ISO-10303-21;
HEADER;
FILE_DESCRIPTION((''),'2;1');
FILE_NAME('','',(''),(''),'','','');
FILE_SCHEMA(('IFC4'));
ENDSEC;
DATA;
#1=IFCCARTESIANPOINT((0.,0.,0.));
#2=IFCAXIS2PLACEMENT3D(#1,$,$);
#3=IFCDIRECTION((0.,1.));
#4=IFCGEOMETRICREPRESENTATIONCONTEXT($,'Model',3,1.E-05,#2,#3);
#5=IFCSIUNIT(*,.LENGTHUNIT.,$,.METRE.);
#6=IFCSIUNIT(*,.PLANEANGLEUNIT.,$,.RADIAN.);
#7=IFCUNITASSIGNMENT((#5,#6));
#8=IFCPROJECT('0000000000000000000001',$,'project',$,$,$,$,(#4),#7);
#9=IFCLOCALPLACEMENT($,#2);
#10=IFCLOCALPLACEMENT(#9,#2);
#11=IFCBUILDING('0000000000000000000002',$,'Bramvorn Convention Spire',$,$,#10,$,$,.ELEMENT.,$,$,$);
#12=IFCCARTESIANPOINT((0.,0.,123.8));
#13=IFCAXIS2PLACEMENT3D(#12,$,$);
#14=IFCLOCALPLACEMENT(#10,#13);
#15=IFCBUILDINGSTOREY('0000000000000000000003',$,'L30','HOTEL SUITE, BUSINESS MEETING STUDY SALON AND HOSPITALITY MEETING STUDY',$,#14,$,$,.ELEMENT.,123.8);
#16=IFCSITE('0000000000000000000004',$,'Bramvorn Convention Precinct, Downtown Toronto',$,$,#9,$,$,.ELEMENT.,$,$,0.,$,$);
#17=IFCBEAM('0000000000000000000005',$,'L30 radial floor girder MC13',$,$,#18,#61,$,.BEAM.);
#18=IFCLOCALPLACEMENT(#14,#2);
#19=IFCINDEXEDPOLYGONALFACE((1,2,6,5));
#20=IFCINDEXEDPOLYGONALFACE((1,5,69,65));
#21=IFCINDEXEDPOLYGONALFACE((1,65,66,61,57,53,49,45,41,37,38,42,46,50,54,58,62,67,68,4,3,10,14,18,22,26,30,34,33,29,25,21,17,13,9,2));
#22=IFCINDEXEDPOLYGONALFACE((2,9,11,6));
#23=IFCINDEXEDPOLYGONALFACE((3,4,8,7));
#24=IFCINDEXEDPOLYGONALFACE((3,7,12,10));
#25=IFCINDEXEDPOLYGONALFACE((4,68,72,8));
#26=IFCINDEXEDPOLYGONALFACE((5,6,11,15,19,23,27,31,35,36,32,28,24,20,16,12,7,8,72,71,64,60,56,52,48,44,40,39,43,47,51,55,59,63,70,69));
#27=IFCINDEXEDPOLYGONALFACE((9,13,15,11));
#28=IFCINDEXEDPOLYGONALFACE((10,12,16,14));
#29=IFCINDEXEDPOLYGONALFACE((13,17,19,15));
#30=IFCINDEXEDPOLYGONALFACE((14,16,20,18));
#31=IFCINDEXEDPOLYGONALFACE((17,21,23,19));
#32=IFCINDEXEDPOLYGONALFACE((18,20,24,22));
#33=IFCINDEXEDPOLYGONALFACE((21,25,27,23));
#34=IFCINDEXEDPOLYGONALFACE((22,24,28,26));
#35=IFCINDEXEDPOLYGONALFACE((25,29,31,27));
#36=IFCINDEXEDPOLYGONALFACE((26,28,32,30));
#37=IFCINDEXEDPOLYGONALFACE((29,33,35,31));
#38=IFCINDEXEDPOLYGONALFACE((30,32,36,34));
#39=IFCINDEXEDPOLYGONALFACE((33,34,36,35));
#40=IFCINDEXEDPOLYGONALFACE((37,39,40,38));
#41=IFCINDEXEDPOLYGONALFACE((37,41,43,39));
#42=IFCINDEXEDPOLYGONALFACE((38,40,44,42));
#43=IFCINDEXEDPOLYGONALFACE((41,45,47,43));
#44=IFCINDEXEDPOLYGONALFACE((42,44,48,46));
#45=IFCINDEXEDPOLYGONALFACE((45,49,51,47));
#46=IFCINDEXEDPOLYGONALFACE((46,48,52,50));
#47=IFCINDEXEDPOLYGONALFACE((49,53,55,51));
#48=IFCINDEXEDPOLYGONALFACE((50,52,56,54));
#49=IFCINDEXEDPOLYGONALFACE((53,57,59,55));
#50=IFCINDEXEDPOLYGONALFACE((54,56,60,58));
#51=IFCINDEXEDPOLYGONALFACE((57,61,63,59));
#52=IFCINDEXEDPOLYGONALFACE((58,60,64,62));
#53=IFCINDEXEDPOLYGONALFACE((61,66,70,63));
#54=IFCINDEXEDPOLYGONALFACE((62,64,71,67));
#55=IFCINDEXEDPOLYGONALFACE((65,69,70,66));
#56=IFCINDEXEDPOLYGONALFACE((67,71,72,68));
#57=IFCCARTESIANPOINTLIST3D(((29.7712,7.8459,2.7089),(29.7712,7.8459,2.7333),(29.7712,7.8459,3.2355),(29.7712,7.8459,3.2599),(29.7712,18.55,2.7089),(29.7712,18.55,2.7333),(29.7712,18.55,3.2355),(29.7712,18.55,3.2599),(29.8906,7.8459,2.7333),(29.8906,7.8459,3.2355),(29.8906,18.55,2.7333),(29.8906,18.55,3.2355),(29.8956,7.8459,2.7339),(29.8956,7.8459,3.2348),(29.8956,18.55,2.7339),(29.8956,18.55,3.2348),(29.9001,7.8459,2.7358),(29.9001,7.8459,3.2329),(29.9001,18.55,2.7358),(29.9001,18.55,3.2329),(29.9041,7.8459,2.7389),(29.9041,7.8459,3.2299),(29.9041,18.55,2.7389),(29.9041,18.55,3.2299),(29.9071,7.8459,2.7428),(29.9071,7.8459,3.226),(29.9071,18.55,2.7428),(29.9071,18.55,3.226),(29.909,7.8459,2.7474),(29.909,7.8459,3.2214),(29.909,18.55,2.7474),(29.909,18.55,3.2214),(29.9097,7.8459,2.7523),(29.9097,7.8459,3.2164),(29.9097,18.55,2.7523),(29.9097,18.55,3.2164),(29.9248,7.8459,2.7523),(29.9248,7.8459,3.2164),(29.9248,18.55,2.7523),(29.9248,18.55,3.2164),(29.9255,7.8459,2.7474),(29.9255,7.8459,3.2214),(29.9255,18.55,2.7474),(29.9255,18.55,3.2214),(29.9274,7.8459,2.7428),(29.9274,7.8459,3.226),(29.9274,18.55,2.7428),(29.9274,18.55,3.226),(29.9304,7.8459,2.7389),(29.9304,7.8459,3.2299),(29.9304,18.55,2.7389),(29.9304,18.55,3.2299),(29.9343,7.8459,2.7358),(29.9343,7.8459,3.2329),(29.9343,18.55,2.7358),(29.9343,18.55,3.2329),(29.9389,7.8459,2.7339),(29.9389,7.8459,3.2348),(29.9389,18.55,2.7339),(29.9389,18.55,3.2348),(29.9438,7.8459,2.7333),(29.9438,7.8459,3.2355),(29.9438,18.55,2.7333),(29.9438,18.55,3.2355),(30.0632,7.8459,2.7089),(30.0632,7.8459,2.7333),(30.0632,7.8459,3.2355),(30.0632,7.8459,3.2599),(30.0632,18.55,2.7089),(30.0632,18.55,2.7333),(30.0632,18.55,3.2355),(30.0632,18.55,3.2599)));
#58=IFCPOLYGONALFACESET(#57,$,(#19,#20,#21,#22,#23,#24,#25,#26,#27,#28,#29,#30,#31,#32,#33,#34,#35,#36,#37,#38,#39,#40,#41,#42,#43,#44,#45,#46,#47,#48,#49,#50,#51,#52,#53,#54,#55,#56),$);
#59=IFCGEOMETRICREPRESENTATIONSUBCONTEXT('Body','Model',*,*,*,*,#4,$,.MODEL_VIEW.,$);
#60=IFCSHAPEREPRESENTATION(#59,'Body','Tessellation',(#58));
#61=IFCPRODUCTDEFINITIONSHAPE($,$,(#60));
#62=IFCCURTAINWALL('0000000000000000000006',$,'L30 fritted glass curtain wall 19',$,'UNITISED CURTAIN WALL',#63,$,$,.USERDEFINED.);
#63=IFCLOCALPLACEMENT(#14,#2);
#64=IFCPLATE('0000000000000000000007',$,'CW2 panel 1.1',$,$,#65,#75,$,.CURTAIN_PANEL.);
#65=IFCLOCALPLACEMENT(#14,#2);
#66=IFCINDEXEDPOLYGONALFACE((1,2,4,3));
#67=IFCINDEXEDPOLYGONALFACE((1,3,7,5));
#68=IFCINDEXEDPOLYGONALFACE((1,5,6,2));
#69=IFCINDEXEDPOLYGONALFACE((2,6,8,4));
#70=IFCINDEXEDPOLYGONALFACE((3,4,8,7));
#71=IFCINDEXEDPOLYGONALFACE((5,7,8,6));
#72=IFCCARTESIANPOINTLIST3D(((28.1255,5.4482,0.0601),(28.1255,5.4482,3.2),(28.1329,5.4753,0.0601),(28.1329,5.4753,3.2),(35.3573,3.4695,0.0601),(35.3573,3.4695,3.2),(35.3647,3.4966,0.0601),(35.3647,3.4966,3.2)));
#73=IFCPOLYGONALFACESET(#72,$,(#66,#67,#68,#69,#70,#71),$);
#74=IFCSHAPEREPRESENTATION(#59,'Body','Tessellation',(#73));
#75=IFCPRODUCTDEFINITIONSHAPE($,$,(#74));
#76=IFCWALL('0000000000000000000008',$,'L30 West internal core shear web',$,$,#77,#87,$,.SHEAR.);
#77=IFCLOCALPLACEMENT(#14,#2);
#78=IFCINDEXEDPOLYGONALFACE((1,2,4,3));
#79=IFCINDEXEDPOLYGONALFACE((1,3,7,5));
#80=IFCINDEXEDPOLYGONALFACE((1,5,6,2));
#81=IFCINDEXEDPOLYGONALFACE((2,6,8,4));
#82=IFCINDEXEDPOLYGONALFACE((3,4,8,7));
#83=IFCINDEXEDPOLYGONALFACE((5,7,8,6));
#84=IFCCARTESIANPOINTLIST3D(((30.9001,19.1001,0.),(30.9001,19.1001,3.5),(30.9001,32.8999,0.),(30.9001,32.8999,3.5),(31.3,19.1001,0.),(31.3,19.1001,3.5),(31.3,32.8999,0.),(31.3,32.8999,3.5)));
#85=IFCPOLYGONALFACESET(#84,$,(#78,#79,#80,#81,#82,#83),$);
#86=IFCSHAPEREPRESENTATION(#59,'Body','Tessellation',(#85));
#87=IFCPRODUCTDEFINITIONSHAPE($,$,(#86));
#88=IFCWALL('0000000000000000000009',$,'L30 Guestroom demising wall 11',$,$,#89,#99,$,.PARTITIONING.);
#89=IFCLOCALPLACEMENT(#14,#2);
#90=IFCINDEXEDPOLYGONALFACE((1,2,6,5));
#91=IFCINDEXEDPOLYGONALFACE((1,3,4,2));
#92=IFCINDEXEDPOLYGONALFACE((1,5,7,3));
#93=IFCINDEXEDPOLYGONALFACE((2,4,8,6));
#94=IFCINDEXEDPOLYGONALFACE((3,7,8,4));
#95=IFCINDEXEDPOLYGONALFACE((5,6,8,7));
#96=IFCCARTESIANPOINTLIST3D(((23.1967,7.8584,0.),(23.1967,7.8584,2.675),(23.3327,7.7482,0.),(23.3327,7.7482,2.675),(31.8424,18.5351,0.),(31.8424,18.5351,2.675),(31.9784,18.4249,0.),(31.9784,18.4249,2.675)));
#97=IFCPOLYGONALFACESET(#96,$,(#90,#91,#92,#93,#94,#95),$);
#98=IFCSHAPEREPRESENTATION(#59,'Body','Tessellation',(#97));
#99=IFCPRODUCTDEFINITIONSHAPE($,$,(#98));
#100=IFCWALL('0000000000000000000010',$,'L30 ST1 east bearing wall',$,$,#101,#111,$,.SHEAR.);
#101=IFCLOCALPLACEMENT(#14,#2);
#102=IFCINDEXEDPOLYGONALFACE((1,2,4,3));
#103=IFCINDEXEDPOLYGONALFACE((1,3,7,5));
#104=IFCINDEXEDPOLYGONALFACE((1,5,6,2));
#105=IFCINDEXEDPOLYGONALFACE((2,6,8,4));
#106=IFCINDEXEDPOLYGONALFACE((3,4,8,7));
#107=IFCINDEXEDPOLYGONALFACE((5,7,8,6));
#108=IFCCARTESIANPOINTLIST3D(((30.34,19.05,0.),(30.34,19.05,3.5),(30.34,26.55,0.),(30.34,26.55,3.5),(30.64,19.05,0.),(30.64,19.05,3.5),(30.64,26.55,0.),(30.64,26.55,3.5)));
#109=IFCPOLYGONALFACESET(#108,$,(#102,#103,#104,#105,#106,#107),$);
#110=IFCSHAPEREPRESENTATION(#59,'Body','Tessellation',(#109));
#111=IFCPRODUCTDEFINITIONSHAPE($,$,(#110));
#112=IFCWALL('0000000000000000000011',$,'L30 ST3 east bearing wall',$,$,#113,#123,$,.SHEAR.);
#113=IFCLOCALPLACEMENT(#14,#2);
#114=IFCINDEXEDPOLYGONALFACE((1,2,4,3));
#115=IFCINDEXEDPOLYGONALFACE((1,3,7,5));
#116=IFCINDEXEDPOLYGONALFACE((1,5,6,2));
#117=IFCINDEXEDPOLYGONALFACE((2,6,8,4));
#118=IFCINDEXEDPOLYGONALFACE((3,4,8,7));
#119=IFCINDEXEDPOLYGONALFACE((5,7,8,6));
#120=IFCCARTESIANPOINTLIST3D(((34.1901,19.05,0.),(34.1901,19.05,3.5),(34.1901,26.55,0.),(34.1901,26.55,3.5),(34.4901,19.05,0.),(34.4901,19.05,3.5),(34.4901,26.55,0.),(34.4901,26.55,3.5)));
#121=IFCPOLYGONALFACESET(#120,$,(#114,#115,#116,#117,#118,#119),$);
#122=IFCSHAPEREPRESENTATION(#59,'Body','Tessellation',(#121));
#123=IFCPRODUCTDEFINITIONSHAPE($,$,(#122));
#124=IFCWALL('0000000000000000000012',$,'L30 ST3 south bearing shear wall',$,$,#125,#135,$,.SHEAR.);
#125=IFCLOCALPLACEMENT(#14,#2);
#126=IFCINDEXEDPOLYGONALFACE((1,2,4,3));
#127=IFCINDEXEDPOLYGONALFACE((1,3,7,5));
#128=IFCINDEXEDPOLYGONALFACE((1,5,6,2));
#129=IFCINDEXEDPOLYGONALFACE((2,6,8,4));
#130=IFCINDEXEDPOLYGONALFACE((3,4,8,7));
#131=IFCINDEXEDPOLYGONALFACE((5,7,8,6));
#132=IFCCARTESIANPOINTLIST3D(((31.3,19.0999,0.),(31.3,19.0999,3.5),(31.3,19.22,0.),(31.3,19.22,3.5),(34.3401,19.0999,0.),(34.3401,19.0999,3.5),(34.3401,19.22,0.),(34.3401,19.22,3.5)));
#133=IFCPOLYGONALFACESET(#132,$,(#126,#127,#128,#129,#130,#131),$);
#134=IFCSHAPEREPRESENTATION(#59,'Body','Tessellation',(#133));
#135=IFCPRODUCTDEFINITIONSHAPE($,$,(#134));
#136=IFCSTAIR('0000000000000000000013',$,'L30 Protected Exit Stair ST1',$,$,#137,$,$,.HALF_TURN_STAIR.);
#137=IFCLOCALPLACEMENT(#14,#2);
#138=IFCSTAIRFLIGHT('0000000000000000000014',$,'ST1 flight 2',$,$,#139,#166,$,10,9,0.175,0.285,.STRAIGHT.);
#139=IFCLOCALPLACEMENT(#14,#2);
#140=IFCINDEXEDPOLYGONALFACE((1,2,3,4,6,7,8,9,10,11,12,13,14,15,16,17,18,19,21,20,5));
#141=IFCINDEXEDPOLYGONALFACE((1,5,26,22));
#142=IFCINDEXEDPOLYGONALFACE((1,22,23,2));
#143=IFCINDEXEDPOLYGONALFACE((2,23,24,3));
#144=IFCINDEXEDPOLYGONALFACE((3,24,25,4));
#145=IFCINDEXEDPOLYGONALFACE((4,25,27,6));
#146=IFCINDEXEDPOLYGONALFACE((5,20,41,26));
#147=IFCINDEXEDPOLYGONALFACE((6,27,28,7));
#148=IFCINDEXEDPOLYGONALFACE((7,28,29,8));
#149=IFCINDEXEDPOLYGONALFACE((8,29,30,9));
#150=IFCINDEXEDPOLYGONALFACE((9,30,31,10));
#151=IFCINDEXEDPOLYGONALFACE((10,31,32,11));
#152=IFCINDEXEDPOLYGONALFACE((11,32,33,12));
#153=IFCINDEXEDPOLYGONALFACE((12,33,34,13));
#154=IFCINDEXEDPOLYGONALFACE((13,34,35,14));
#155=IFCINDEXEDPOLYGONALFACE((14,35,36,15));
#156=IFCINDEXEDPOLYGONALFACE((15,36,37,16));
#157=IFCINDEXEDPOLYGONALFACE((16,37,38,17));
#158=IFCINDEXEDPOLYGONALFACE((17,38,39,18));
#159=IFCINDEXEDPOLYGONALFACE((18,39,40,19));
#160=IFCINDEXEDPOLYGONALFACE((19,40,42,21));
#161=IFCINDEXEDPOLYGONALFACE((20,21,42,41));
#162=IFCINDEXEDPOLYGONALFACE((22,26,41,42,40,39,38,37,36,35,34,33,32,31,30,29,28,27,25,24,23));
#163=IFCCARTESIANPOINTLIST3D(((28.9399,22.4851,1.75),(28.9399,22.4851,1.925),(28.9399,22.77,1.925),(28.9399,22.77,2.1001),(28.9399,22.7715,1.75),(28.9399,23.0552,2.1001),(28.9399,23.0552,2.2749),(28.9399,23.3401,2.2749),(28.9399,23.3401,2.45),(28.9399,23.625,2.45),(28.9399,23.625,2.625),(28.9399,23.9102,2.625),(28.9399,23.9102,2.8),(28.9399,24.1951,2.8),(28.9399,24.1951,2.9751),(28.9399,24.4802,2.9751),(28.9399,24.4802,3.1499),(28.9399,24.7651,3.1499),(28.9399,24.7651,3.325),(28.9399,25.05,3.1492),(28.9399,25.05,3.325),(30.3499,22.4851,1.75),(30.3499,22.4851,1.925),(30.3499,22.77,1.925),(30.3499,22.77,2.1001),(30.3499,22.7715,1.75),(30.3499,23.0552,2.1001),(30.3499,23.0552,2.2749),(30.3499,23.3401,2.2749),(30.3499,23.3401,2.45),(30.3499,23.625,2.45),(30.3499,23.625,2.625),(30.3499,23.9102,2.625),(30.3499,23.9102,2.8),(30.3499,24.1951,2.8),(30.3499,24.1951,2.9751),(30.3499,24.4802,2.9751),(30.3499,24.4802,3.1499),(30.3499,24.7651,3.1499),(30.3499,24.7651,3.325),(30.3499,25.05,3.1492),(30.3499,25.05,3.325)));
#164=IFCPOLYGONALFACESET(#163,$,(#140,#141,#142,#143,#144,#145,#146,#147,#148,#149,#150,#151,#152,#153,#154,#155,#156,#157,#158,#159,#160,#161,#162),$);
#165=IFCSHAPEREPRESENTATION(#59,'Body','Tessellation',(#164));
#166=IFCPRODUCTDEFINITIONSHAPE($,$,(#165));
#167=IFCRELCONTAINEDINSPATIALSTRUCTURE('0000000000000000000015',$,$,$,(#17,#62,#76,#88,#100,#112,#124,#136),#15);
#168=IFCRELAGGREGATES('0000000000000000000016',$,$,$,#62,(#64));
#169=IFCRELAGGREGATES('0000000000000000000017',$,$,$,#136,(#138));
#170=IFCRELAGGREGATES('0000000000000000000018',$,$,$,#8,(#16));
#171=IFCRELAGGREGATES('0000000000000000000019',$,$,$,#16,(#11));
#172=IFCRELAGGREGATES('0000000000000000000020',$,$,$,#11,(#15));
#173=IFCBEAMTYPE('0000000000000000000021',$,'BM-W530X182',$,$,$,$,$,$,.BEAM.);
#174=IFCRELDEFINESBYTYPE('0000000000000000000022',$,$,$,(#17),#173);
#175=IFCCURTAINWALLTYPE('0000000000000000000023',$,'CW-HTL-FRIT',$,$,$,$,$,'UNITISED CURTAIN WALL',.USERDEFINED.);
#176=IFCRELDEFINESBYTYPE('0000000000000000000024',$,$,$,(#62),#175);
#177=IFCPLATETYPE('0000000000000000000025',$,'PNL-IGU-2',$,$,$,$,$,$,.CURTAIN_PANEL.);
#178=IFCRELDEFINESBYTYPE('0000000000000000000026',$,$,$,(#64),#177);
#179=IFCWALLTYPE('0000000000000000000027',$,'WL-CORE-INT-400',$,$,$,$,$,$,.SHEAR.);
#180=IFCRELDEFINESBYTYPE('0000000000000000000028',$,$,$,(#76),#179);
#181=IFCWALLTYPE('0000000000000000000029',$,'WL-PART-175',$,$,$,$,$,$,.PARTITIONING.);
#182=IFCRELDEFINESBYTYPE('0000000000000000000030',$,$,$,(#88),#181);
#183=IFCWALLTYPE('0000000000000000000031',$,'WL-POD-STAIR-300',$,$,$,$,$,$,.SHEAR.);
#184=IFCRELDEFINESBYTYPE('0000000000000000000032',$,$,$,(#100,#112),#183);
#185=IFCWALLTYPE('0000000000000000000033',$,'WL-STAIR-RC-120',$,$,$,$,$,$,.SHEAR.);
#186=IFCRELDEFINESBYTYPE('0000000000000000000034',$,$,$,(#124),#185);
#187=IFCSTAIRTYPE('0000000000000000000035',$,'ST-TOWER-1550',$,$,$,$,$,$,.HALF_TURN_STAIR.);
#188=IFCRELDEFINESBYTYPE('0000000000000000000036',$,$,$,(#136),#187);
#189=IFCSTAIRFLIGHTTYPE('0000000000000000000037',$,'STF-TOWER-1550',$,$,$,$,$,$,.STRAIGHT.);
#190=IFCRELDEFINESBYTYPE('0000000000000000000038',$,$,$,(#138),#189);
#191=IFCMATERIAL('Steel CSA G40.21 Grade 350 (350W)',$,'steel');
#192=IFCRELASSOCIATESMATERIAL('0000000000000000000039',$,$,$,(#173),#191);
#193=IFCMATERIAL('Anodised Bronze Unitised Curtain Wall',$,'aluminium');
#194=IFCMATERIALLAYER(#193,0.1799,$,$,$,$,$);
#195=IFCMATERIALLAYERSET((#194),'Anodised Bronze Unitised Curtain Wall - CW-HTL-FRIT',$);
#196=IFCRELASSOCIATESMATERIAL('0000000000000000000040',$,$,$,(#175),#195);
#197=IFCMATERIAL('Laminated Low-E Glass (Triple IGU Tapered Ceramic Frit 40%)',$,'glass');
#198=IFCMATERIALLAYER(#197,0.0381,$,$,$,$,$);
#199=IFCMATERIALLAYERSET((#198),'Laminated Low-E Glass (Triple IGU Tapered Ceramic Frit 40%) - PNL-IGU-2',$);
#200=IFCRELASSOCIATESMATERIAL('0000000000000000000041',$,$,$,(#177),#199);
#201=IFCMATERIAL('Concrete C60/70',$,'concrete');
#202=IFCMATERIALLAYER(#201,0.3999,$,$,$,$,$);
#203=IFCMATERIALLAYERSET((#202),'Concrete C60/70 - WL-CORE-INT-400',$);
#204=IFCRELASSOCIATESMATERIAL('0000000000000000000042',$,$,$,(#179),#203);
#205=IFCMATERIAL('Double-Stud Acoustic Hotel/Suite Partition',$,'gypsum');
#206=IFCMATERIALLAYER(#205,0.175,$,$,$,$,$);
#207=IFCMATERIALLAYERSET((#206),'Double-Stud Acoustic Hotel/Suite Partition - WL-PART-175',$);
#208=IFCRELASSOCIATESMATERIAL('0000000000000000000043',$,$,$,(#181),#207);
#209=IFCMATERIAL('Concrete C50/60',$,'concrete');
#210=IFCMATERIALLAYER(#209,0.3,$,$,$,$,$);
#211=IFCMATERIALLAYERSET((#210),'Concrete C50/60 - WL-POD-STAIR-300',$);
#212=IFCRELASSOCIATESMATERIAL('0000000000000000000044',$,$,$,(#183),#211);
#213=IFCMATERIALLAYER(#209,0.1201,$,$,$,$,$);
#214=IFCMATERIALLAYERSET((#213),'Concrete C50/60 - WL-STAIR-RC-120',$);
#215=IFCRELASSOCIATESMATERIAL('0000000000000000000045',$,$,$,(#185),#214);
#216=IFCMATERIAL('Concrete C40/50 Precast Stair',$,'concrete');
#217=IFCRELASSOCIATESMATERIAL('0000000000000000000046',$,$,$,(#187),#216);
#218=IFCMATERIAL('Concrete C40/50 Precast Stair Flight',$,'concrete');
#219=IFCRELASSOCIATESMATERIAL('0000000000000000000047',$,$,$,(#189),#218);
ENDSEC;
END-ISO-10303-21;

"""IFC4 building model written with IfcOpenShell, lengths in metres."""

from ifc_helpers import new_model, si_unit, direction, frame, frame_2d, origin, origin_2d, place, context, subcontext, project, spatial, polyline, rectangle, i_section, outline, extrude, material, layer, layer_set, material_profile, profile_set, type_object, element, aggregate, save


model = new_model("IFC4")

# Units and contexts
model_context = context("Model", 3, precision=1e-05, world=origin(), true_north=direction((0.0, 1.0)))
body_context = subcontext(model_context, "Body", "Model", "MODEL_VIEW")
ifc_project = project(units=[si_unit("LENGTHUNIT", "METRE"), si_unit("PLANEANGLEUNIT", "RADIAN")], contexts=[model_context])

# Site, building, storey
site_placement = place(None, origin())
site = spatial("IfcSite", under=ifc_project, at=site_placement, Name="Bramvorn Convention Precinct, Downtown Toronto", CompositionType="ELEMENT", RefElevation=0.0)
building_placement = place(site_placement, origin())
building = spatial("IfcBuilding", under=site, at=building_placement, Name="Bramvorn Convention Spire", CompositionType="ELEMENT")
storey_placement = place(building_placement, frame((0.0, 0.0, 123.8)))
storey = spatial("IfcBuildingStorey", under=building, at=storey_placement, Name="L30", Description="HOTEL SUITE, BUSINESS MEETING STUDY SALON AND HOSPITALITY MEETING STUDY", CompositionType="ELEMENT", Elevation=123.8)

# Shared definitions
ifc_material_1 = material(Name="Steel CSA G40.21 Grade 350 (350W)", Category="steel")

# Beam
ifc_material_profile_1 = material_profile(ifc_material_1, i_section(OverallWidth=0.292, OverallDepth=0.551, WebThickness=0.0151, FlangeThickness=0.0244, FilletRadius=0.019, at=origin_2d()))
ifc_profile_set_1 = profile_set([ifc_material_profile_1], Name="Steel CSA G40.21 Grade 350 (350W) - W530X182")
beam_type_1 = type_object("IfcBeamType", Name="BM-W530X182", PredefinedType="BEAM", material=ifc_profile_set_1)
beam_1_placement = place(storey_placement, frame((29.9172, 18.55, 2.9844), z_axis=(0.0, -1.0, 0.0), x_axis=(1.0, 0.0, 0.0)))
element("IfcBeam", 1, at=beam_1_placement, inside=storey, type_object=beam_type_1, Name="L30 radial floor girder MC13", PredefinedType="BEAM", context=body_context, shape_type="SweptSolid", body=[
    extrude(i_section(OverallWidth=0.292, OverallDepth=0.551, WebThickness=0.0151, FlangeThickness=0.0244, FilletRadius=0.019, at=origin_2d()), origin(), (0.0, 0.0, 1.0), 10.7041),
])

# Curtain wall, plate
ifc_material_2 = material(Name="Anodised Bronze Unitised Curtain Wall", Category="aluminium")
ifc_layer_1 = layer(ifc_material_2, 0.1799)
ifc_layer_set_1 = layer_set([ifc_layer_1], Name="Anodised Bronze Unitised Curtain Wall - CW-HTL-FRIT")
curtain_wall_type = type_object("IfcCurtainWallType", Name="CW-HTL-FRIT", ElementType="UNITISED CURTAIN WALL", PredefinedType="USERDEFINED", material=ifc_layer_set_1)
curtain_wall_placement = place(storey_placement, origin())
curtain_wall = element("IfcCurtainWall", 2, at=curtain_wall_placement, inside=storey, type_object=curtain_wall_type, Name="L30 fritted glass curtain wall 19", ObjectType="UNITISED CURTAIN WALL", PredefinedType="USERDEFINED")
ifc_material_3 = material(Name="Laminated Low-E Glass (Triple IGU Tapered Ceramic Frit 40%)", Category="glass")
ifc_layer_2 = layer(ifc_material_3, 0.0381)
ifc_layer_set_2 = layer_set([ifc_layer_2], Name="Laminated Low-E Glass (Triple IGU Tapered Ceramic Frit 40%) - PNL-IGU-2")
plate_type = type_object("IfcPlateType", Name="PNL-IGU-2", PredefinedType="CURTAIN_PANEL", material=ifc_layer_set_2)
plate_placement = place(storey_placement, frame((31.7451, 4.4724, 0.0601), z_axis=(0.0, 0.0, 1.0), x_axis=(-0.964548, 0.263907, 0.0)))
plate = element("IfcPlate", 3, at=plate_placement, type_object=plate_type, Name="CW2 panel 1.1", PredefinedType="CURTAIN_PANEL", context=body_context, shape_type="SweptSolid", body=[
    extrude(rectangle(XDim=7.4976, YDim=0.0281, at=origin_2d()), origin(), (0.0, 0.0, 1.0), 3.1399),
])
aggregate(curtain_wall, [plate])

# Shared definitions
ifc_material_4 = material(Name="Concrete C50/60", Category="concrete")

# Walls
ifc_material_5 = material(Name="Concrete C60/70", Category="concrete")
ifc_layer_3 = layer(ifc_material_5, 0.3999)
ifc_layer_set_3 = layer_set([ifc_layer_3], Name="Concrete C60/70 - WL-CORE-INT-400")
wall_type_1 = type_object("IfcWallType", Name="WL-CORE-INT-400", PredefinedType="SHEAR", material=ifc_layer_set_3)
wall_1_placement = place(storey_placement, frame((31.1001, 19.1001, 0.0), z_axis=(0.0, 0.0, 1.0), x_axis=(0.0, 1.0, 0.0)))
element("IfcWall", 4, at=wall_1_placement, inside=storey, type_object=wall_type_1, Name="L30 West internal core shear web", PredefinedType="SHEAR", context=body_context, shape_type="SweptSolid", body=[
    extrude(rectangle(XDim=13.7998, YDim=0.3999, at=frame_2d((6.8999, 0.0))), origin(), (0.0, 0.0, 1.0), 3.5),
])
ifc_material_6 = material(Name="Double-Stud Acoustic Hotel/Suite Partition", Category="gypsum")
ifc_layer_4 = layer(ifc_material_6, 0.175)
ifc_layer_set_4 = layer_set([ifc_layer_4], Name="Double-Stud Acoustic Hotel/Suite Partition - WL-PART-175")
wall_type_2 = type_object("IfcWallType", Name="WL-PART-175", PredefinedType="PARTITIONING", material=ifc_layer_set_4)
wall_2_placement = place(storey_placement, frame((31.9104, 18.48, 0.0), z_axis=(0.0, 0.0, 1.0), x_axis=(-0.629315, -0.77715, 0.0)))
element("IfcWall", 5, at=wall_2_placement, inside=storey, type_object=wall_type_2, Name="L30 Guestroom demising wall 11", PredefinedType="PARTITIONING", context=body_context, shape_type="SweptSolid", body=[
    extrude(rectangle(XDim=13.7383, YDim=0.175, at=frame_2d((6.8691, 0.0))), origin(), (0.0, 0.0, 1.0), 2.675),
])
ifc_layer_5 = layer(ifc_material_4, 0.3)
ifc_layer_set_5 = layer_set([ifc_layer_5], Name="Concrete C50/60 - WL-POD-STAIR-300")
wall_type_3 = type_object("IfcWallType", Name="WL-POD-STAIR-300", PredefinedType="SHEAR", material=ifc_layer_set_5)
for number, where, z_axis, x_axis, name in (
    (6, (30.49, 19.05, 0.0), (0.0, 0.0, 1.0), (0.0, 1.0, 0.0), "L30 ST1 east bearing wall"),
    (7, (34.3401, 19.05, 0.0), (0.0, 0.0, 1.0), (0.0, 1.0, 0.0), "L30 ST3 east bearing wall"),
):
    element("IfcWall", number, at=place(storey_placement, frame(where, z_axis=z_axis, x_axis=x_axis)), inside=storey, type_object=wall_type_3, Name=name, PredefinedType="SHEAR", context=body_context, shape_type="SweptSolid", body=[
        extrude(rectangle(XDim=7.5, YDim=0.3, at=frame_2d((3.75, 0.0))), origin(), (0.0, 0.0, 1.0), 3.5),
    ])
ifc_layer_6 = layer(ifc_material_4, 0.1201)
ifc_layer_set_6 = layer_set([ifc_layer_6], Name="Concrete C50/60 - WL-STAIR-RC-120")
wall_type_4 = type_object("IfcWallType", Name="WL-STAIR-RC-120", PredefinedType="SHEAR", material=ifc_layer_set_6)
wall_3_placement = place(storey_placement, frame((31.3, 19.1599, 0.0), z_axis=(0.0, 0.0, 1.0), x_axis=(1.0, 0.0, 0.0)))
element("IfcWall", 8, at=wall_3_placement, inside=storey, type_object=wall_type_4, Name="L30 ST3 south bearing shear wall", PredefinedType="SHEAR", context=body_context, shape_type="SweptSolid", body=[
    extrude(rectangle(XDim=3.04, YDim=0.1201, at=frame_2d((1.52, 0.0))), origin(), (0.0, 0.0, 1.0), 3.5),
])

# Stair, stair flight
ifc_material_7 = material(Name="Concrete C40/50 Precast Stair", Category="concrete")
stair_type = type_object("IfcStairType", Name="ST-TOWER-1550", PredefinedType="HALF_TURN_STAIR", material=ifc_material_7)
stair_placement = place(storey_placement, origin())
stair = element("IfcStair", 9, at=stair_placement, inside=storey, type_object=stair_type, Name="L30 Protected Exit Stair ST1", PredefinedType="HALF_TURN_STAIR")
ifc_material_8 = material(Name="Concrete C40/50 Precast Stair Flight", Category="concrete")
stair_flight_type = type_object("IfcStairFlightType", Name="STF-TOWER-1550", PredefinedType="STRAIGHT", material=ifc_material_8)
stair_flight_placement = place(storey_placement, frame((29.645, 22.4851, 1.75), z_axis=(0.0, 0.0, 1.0), x_axis=(0.0, 1.0, 0.0)))
stair_flight = element("IfcStairFlight", 10, at=stair_flight_placement, type_object=stair_flight_type, Name="ST1 flight 2", NumberOfRisers=10, NumberOfTreads=9, PredefinedType="STRAIGHT", RiserHeight=0.175, TreadLength=0.285, context=body_context, shape_type="SweptSolid", body=[
    extrude(outline(polyline([(0.0, 0.0), (0.0, 0.175), (0.2849, 0.175), (0.2849, 0.3501), (0.5701, 0.3501), (0.5701, 0.5249), (0.855, 0.5249), (0.855, 0.7), (1.1399, 0.7), (1.1399, 0.875), (1.425, 0.875), (1.425, 1.05), (1.71, 1.05), (1.71, 1.2251), (1.9951, 1.2251), (1.9951, 1.3999), (2.28, 1.3999), (2.28, 1.575), (2.5649, 1.575), (2.5649, 1.75), (2.5649, 1.3992), (0.2864, 0.0), (0.0, 0.0)])), frame((0.0, 0.7051, 0.0), z_axis=(0.0, -1.0, 0.0), x_axis=(1.0, 0.0, 0.0)), (0.0, 0.0, 1.0), 1.4099),
])
aggregate(stair, [stair_flight])

save(model, "model.ifc")
